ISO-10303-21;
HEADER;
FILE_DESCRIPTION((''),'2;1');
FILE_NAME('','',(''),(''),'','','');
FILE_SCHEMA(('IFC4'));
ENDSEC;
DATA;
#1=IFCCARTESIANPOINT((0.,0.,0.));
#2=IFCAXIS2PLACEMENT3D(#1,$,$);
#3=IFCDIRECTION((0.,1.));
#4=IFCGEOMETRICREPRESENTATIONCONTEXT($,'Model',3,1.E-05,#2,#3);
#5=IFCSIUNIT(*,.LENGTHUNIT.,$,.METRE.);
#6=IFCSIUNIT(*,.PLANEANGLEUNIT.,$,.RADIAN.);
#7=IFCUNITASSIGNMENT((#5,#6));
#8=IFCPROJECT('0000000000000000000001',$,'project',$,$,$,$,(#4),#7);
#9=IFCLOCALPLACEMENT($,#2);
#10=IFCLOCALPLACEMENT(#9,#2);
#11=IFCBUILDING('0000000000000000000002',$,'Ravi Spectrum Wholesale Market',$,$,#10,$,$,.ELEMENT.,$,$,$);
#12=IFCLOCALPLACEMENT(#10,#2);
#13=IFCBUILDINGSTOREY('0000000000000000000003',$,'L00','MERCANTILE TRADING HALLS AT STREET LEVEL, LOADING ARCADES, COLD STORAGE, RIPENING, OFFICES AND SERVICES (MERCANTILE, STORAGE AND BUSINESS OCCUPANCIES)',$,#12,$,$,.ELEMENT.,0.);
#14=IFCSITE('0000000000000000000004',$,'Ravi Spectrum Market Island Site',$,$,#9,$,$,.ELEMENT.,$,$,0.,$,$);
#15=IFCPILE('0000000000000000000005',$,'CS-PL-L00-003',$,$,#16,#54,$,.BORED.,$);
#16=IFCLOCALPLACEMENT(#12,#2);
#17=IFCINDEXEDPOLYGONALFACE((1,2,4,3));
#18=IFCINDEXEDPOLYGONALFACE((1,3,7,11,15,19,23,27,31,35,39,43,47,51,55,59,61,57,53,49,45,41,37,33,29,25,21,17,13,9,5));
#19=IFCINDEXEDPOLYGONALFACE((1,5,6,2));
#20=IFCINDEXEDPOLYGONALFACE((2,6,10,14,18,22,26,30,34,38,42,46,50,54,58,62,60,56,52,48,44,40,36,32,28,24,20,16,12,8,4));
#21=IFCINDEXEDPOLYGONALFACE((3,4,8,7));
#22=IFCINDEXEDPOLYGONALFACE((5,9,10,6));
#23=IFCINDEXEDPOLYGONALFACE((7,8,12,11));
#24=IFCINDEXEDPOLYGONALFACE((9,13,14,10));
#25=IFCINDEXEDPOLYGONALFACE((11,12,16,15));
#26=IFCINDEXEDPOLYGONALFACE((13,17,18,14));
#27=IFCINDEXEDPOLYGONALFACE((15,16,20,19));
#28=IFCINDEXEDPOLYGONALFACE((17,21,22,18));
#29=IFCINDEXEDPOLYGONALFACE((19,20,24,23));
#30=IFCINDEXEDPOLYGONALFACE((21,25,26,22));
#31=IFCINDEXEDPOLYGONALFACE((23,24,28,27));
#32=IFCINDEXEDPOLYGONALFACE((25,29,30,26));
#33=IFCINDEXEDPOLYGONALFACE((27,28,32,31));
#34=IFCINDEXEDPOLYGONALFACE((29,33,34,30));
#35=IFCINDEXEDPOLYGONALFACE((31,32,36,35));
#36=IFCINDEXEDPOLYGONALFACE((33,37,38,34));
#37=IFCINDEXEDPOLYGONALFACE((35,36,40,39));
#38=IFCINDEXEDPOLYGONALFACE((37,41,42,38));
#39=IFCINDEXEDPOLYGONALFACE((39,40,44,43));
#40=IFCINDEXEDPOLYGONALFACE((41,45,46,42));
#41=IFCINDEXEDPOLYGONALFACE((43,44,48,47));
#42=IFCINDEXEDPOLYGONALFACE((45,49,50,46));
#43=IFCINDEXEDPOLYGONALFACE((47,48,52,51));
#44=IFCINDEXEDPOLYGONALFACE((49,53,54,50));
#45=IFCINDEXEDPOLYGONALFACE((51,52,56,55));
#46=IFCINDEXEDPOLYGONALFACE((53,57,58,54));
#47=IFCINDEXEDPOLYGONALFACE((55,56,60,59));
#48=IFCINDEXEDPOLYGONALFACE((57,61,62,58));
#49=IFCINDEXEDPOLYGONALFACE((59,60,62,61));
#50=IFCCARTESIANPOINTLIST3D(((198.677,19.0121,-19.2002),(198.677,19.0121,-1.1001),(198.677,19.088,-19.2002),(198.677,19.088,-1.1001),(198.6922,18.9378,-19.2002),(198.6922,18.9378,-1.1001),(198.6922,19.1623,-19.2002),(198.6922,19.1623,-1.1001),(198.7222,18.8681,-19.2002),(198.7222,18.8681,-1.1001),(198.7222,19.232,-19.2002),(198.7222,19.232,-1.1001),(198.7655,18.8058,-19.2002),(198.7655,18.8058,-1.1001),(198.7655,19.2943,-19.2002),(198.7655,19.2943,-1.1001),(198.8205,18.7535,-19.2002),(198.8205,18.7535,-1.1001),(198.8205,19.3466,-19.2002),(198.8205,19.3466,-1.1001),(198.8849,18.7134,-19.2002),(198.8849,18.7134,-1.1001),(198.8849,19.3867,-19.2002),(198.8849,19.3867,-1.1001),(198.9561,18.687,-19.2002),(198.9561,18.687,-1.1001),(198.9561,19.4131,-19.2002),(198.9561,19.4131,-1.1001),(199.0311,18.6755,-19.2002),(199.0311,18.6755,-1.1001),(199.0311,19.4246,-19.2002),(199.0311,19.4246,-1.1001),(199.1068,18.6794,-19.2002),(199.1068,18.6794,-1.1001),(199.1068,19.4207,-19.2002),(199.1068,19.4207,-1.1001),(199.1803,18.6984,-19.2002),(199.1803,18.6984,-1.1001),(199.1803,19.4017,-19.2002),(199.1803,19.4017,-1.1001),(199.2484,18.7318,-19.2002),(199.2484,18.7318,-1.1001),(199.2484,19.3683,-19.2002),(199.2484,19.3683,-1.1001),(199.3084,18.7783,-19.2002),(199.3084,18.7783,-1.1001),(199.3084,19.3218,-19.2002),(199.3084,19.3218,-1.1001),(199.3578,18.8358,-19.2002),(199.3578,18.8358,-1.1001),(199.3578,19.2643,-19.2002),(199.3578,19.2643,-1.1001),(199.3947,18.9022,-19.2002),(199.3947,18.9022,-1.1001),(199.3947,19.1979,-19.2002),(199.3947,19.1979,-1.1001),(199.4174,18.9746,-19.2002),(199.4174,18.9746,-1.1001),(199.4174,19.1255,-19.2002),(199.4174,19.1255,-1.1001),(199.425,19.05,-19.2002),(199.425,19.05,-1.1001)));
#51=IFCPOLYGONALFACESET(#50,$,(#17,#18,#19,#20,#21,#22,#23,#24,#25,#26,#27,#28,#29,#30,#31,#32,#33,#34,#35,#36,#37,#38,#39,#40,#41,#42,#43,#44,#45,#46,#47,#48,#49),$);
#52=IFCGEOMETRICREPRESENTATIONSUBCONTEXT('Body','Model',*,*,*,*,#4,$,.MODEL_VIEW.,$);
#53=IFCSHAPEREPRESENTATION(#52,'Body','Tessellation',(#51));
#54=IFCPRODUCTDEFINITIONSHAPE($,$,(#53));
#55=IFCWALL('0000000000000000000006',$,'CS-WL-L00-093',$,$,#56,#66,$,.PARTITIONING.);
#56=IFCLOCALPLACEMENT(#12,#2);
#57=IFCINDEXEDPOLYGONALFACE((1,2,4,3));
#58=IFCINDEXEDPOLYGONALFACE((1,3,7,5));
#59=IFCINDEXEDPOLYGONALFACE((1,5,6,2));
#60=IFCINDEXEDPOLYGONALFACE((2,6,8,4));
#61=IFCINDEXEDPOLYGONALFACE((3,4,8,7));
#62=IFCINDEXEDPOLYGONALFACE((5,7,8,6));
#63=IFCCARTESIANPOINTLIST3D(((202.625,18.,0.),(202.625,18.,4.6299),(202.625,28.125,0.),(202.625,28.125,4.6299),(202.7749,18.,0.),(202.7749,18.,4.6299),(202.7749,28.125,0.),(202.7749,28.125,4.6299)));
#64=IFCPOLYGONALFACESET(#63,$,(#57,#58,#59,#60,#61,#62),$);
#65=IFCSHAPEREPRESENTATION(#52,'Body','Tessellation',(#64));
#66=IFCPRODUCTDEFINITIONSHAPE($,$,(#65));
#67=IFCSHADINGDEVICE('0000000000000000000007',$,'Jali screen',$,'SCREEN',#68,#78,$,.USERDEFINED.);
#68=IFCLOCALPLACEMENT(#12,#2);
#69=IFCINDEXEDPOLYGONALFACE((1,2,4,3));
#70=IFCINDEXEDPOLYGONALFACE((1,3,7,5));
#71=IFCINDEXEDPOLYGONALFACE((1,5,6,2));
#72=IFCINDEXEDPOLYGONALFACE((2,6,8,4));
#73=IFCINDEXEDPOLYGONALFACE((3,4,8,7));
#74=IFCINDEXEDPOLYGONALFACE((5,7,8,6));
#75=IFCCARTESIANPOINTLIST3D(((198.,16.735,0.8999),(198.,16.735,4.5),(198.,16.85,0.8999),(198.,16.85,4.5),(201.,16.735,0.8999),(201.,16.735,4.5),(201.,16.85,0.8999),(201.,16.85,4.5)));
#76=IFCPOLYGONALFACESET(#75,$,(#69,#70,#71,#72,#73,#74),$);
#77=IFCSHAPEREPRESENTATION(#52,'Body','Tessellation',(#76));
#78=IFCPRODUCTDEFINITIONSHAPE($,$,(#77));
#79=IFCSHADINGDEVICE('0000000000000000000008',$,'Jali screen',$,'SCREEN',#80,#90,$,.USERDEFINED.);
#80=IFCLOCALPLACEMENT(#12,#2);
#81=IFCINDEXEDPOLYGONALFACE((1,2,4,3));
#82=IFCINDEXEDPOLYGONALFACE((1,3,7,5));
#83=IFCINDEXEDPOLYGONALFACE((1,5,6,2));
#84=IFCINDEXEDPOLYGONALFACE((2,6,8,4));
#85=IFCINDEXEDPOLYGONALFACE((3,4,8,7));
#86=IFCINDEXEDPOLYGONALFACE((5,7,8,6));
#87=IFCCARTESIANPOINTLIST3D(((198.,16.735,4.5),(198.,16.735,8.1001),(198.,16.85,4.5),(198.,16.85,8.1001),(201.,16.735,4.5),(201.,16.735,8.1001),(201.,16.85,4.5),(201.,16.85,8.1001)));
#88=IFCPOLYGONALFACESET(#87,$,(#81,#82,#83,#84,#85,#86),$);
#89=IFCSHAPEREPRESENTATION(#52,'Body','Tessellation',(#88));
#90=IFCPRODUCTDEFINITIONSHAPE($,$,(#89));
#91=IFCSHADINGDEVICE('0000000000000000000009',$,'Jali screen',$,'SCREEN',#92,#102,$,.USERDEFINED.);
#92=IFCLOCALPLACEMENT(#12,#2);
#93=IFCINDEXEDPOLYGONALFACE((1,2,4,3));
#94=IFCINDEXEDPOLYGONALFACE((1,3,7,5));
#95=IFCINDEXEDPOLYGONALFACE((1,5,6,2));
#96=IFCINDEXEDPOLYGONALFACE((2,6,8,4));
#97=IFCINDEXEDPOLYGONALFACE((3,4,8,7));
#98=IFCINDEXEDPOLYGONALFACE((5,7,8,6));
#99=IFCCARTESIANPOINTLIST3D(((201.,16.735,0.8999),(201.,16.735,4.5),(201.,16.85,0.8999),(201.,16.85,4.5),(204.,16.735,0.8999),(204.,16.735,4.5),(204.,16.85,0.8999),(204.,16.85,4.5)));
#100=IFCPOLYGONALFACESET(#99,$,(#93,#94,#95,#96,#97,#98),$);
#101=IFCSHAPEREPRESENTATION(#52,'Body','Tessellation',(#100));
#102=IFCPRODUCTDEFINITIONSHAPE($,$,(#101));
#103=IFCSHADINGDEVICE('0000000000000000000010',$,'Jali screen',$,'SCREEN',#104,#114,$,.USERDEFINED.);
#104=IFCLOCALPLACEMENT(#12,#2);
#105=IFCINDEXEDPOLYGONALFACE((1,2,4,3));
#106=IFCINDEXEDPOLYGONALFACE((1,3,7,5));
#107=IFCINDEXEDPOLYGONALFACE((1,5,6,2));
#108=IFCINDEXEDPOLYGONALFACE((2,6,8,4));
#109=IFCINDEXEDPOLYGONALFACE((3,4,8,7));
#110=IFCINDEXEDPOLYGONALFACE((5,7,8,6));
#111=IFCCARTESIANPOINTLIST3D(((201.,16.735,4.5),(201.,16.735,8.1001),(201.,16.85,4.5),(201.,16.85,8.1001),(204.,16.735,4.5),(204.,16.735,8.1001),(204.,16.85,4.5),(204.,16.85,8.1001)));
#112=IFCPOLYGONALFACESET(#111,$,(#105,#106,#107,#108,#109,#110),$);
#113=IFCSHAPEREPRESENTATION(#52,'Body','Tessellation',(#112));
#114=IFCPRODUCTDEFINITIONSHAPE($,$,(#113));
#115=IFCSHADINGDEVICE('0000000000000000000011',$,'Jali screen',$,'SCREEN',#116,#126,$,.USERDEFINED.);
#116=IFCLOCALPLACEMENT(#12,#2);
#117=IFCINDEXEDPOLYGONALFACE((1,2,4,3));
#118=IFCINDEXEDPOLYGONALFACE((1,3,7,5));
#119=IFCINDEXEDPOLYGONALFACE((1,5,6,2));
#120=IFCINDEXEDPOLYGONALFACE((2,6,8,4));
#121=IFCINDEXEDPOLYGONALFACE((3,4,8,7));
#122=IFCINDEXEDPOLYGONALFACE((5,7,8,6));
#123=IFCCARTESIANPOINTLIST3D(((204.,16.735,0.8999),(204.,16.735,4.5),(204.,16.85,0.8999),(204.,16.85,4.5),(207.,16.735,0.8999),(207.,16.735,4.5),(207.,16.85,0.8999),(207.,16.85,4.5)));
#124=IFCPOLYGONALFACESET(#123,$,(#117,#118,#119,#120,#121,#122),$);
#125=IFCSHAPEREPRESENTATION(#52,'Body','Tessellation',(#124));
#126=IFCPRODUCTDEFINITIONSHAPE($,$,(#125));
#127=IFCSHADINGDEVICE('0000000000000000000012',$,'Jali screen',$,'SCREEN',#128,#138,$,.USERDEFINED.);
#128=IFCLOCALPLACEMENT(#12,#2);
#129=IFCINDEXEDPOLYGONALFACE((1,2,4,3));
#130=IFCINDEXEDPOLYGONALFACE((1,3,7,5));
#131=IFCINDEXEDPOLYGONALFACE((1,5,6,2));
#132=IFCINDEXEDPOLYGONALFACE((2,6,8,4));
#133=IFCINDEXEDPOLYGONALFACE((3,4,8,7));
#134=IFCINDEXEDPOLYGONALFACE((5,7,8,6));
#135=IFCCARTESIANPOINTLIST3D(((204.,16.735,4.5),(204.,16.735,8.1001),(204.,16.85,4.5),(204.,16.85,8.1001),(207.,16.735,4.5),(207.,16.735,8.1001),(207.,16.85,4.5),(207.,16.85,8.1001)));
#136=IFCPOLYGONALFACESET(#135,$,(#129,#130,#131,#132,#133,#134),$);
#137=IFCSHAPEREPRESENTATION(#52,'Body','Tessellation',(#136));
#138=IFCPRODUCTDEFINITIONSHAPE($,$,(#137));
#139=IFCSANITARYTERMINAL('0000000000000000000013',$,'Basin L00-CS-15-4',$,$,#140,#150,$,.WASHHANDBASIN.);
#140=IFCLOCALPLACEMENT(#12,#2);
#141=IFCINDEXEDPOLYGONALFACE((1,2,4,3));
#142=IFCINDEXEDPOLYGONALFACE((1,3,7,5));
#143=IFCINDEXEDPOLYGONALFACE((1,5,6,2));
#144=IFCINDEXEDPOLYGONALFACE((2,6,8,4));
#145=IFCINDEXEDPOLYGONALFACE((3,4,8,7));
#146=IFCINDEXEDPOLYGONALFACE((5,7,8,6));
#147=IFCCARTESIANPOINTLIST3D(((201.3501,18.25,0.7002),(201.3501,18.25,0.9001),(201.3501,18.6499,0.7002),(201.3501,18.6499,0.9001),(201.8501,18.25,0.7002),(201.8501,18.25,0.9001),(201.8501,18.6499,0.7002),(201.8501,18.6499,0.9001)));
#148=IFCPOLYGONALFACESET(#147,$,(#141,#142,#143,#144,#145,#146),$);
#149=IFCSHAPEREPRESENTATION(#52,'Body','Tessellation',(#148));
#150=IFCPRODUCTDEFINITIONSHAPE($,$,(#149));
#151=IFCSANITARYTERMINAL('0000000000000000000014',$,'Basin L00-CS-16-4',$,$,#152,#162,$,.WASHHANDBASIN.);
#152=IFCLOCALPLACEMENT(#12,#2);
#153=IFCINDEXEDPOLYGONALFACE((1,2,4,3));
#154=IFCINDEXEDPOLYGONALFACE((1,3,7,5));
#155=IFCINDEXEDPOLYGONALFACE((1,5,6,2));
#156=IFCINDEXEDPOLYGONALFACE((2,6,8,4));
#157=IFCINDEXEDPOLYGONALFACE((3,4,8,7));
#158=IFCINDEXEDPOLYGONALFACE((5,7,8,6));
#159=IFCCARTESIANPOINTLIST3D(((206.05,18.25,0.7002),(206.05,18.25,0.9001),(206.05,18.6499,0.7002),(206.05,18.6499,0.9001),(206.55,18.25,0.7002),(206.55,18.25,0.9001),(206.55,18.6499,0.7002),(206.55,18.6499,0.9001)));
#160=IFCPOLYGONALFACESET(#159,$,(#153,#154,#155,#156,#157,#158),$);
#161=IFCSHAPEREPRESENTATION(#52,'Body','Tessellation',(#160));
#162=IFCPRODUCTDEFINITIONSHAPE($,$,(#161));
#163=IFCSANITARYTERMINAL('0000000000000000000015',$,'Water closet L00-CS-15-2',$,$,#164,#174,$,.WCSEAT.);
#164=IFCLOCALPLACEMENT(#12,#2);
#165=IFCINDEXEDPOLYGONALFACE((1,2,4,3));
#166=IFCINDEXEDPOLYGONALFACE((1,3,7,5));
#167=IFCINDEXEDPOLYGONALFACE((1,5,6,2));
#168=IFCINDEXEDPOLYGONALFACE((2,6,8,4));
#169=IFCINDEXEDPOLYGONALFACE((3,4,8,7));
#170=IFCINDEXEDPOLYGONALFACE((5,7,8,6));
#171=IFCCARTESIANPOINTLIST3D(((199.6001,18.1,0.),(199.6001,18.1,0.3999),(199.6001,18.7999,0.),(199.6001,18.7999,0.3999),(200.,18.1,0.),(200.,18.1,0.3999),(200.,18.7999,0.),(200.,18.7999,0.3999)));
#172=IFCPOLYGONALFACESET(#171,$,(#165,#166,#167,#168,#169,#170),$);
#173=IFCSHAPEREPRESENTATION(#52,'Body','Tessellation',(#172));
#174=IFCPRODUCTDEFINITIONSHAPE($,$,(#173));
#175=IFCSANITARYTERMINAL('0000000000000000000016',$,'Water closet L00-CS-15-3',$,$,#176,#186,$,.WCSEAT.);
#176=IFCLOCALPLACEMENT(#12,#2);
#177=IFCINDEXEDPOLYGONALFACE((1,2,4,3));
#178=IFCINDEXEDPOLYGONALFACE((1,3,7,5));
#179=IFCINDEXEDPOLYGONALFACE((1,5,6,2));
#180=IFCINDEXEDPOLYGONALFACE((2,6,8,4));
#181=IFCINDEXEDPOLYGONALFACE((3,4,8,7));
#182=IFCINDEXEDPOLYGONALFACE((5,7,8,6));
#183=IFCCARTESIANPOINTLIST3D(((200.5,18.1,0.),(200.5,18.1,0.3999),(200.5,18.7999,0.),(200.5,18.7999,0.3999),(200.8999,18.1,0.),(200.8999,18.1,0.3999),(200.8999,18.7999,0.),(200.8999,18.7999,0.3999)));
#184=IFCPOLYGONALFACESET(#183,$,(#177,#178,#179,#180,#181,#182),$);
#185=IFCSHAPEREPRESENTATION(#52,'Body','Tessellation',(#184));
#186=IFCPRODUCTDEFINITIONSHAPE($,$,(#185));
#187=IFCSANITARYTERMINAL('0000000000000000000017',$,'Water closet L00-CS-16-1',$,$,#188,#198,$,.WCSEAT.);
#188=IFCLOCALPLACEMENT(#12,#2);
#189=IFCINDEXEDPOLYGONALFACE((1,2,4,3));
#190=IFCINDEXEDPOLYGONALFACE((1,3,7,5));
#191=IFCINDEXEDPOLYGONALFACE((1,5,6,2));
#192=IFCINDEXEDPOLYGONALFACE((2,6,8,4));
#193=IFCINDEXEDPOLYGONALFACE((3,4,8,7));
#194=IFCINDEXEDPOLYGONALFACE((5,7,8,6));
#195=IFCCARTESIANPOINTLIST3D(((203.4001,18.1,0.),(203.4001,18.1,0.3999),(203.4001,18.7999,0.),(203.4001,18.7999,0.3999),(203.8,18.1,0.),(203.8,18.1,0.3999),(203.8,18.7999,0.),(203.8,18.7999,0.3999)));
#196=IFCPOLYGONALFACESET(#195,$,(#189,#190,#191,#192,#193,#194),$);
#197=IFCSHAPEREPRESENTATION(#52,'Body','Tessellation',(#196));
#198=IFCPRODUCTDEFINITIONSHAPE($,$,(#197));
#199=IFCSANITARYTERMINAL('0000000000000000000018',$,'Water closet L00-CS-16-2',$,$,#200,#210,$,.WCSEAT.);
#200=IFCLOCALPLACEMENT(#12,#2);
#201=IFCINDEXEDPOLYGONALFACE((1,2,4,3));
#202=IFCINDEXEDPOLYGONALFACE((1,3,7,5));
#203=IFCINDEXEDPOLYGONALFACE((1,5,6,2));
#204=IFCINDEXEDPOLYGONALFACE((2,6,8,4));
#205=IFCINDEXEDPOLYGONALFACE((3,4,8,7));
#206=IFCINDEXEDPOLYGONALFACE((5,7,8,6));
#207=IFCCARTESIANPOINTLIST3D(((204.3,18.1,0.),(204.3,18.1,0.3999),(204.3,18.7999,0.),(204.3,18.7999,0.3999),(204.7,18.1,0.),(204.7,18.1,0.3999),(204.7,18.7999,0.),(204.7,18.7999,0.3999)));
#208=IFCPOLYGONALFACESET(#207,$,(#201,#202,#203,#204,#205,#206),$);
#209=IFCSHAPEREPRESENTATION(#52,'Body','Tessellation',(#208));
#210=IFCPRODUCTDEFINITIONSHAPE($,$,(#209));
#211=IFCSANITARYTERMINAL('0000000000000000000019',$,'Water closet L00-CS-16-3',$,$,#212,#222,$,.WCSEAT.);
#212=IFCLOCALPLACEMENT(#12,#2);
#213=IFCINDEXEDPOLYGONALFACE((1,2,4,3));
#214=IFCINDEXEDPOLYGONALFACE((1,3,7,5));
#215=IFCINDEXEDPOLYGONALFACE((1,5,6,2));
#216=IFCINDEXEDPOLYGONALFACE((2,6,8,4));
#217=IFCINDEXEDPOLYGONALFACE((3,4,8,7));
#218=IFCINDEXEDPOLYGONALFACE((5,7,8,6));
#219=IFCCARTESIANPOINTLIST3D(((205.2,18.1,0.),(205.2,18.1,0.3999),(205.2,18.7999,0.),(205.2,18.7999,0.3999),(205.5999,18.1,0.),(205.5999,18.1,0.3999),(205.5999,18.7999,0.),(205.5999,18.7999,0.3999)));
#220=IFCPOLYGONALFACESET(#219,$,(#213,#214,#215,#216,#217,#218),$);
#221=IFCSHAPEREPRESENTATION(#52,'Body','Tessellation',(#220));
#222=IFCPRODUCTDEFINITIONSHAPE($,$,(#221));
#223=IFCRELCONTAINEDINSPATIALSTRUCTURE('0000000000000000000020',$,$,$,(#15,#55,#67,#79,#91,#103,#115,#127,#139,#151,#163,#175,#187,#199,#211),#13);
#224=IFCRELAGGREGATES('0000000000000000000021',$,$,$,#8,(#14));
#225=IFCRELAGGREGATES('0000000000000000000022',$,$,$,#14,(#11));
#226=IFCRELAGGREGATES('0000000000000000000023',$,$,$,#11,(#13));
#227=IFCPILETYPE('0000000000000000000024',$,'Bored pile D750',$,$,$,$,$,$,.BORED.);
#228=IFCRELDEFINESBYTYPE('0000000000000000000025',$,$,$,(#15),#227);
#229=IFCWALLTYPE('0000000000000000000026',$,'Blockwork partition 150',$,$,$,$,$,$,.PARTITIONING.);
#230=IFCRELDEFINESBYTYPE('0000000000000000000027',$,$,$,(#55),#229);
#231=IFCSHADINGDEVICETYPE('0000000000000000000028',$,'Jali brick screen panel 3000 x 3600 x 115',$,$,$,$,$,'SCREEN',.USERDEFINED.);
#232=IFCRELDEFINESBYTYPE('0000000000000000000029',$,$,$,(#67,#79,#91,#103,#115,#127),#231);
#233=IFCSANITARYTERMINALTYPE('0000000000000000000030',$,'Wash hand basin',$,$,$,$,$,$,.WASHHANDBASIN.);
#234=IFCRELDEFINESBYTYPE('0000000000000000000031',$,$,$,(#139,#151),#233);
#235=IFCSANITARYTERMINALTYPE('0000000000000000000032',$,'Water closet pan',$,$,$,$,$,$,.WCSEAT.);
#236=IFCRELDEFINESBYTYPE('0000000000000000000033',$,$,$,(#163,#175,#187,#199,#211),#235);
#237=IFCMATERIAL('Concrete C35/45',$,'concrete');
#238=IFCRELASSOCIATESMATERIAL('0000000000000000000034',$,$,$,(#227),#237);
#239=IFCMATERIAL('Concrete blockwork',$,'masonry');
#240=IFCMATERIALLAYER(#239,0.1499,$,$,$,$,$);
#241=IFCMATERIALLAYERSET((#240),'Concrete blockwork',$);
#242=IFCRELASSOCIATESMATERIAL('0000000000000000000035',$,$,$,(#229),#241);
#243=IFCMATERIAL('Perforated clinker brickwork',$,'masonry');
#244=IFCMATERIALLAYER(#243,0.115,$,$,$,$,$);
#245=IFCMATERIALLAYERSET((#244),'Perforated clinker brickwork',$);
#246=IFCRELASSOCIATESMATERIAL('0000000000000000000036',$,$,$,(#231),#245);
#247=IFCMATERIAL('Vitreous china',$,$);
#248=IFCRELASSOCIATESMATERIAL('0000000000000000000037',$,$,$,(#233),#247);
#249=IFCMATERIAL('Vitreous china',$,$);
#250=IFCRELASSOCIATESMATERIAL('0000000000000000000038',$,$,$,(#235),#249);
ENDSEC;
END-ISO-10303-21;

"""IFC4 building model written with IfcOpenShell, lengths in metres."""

from ifc_helpers import new_model, si_unit, direction, frame, frame_2d, origin, origin_2d, place, context, subcontext, project, spatial, rectangle, circle, extrude, material, layer, layer_set, material_profile, profile_set, type_object, element, save


model = new_model("IFC4")

# Units and contexts
model_context = context("Model", 3, precision=1e-05, world=origin(), true_north=direction((0.0, 1.0)))
body_context = subcontext(model_context, "Body", "Model", "MODEL_VIEW")
ifc_project = project(units=[si_unit("LENGTHUNIT", "METRE"), si_unit("PLANEANGLEUNIT", "RADIAN")], contexts=[model_context])

# Site, building, storey
site_placement = place(None, origin())
site = spatial("IfcSite", under=ifc_project, at=site_placement, Name="Ravi Spectrum Market Island Site", CompositionType="ELEMENT", RefElevation=0.0)
building_placement = place(site_placement, origin())
building = spatial("IfcBuilding", under=site, at=building_placement, Name="Ravi Spectrum Wholesale Market", CompositionType="ELEMENT")
storey_placement = place(building_placement, origin())
storey = spatial("IfcBuildingStorey", under=building, at=storey_placement, Name="L00", Description="MERCANTILE TRADING HALLS AT STREET LEVEL, LOADING ARCADES, COLD STORAGE, RIPENING, OFFICES AND SERVICES (MERCANTILE, STORAGE AND BUSINESS OCCUPANCIES)", CompositionType="ELEMENT", Elevation=0.0)

# Pile
ifc_material_1 = material(Name="Concrete C35/45", Category="concrete")
ifc_material_profile = material_profile(ifc_material_1, circle(Radius=0.375, at=origin_2d()))
ifc_profile_set = profile_set([ifc_material_profile], Name="Concrete C35/45")
pile_type = type_object("IfcPileType", Name="Bored pile D750", PredefinedType="BORED", material=ifc_profile_set)
pile_placement = place(storey_placement, frame((199.05, 19.05, -1.1001), z_axis=(0.0, 0.0, -1.0), x_axis=(1.0, 0.0, 0.0)))
element("IfcPile", 1, at=pile_placement, inside=storey, type_object=pile_type, Name="CS-PL-L00-003", PredefinedType="BORED", context=body_context, shape_type="SweptSolid", body=[
    extrude(circle(Radius=0.375, at=origin_2d()), origin(), (0.0, 0.0, 1.0), 18.1001),
])

# Wall
ifc_material_2 = material(Name="Concrete blockwork", Category="masonry")
ifc_layer_1 = layer(ifc_material_2, 0.1499)
ifc_layer_set_1 = layer_set([ifc_layer_1], Name="Concrete blockwork")
wall_type = type_object("IfcWallType", Name="Blockwork partition 150", PredefinedType="PARTITIONING", material=ifc_layer_set_1)
wall_placement = place(storey_placement, frame((202.7, 18.0, 0.0), z_axis=(0.0, 0.0, 1.0), x_axis=(0.0, 1.0, 0.0)))
element("IfcWall", 2, at=wall_placement, inside=storey, type_object=wall_type, Name="CS-WL-L00-093", PredefinedType="PARTITIONING", context=body_context, shape_type="SweptSolid", body=[
    extrude(rectangle(XDim=10.125, YDim=0.1499, at=frame_2d((5.0625, 0.0))), origin(), (0.0, 0.0, 1.0), 4.6299),
])

# Shading devices
ifc_material_3 = material(Name="Perforated clinker brickwork", Category="masonry")
ifc_layer_2 = layer(ifc_material_3, 0.115)
ifc_layer_set_2 = layer_set([ifc_layer_2], Name="Perforated clinker brickwork")
shading_device_type = type_object("IfcShadingDeviceType", Name="Jali brick screen panel 3000 x 3600 x 115", ElementType="SCREEN", PredefinedType="USERDEFINED", material=ifc_layer_set_2)
for number, where, z_axis, x_axis, name in (
    (3, (199.5, 16.7925, 0.8999), (0.0, 0.0, 1.0), (1.0, 0.0, 0.0), "Jali screen"),
    (4, (199.5, 16.7925, 4.5), (0.0, 0.0, 1.0), (1.0, 0.0, 0.0), "Jali screen"),
    (5, (202.5, 16.7925, 0.8999), (0.0, 0.0, 1.0), (1.0, 0.0, 0.0), "Jali screen"),
    (6, (202.5, 16.7925, 4.5), (0.0, 0.0, 1.0), (1.0, 0.0, 0.0), "Jali screen"),
    (7, (205.5, 16.7925, 0.8999), (0.0, 0.0, 1.0), (1.0, 0.0, 0.0), "Jali screen"),
    (8, (205.5, 16.7925, 4.5), (0.0, 0.0, 1.0), (1.0, 0.0, 0.0), "Jali screen"),
):
    element("IfcShadingDevice", number, at=place(storey_placement, frame(where, z_axis=z_axis, x_axis=x_axis)), inside=storey, type_object=shading_device_type, Name=name, ObjectType="SCREEN", PredefinedType="USERDEFINED", context=body_context, shape_type="SweptSolid", body=[
        extrude(rectangle(XDim=3.0, YDim=0.115, at=origin_2d()), origin(), (0.0, 0.0, 1.0), 3.6001),
    ])

# Sanitary terminals
ifc_material_4 = material(Name="Vitreous china")
sanitary_terminal_type_1 = type_object("IfcSanitaryTerminalType", Name="Wash hand basin", PredefinedType="WASHHANDBASIN", material=ifc_material_4)
for number, where, z_axis, x_axis, name in (
    (9, (201.6001, 18.45, 0.7002), (0.0, 0.0, 1.0), (1.0, 0.0, 0.0), "Basin L00-CS-15-4"),
    (10, (206.3, 18.45, 0.7002), (0.0, 0.0, 1.0), (1.0, 0.0, 0.0), "Basin L00-CS-16-4"),
):
    element("IfcSanitaryTerminal", number, at=place(storey_placement, frame(where, z_axis=z_axis, x_axis=x_axis)), inside=storey, type_object=sanitary_terminal_type_1, Name=name, PredefinedType="WASHHANDBASIN", context=body_context, shape_type="SweptSolid", body=[
        extrude(rectangle(XDim=0.5, YDim=0.3999, at=origin_2d()), origin(), (0.0, 0.0, 1.0), 0.2),
    ])
ifc_material_5 = material(Name="Vitreous china")
sanitary_terminal_type_2 = type_object("IfcSanitaryTerminalType", Name="Water closet pan", PredefinedType="WCSEAT", material=ifc_material_5)
for number, where, z_axis, x_axis, name in (
    (11, (199.8, 18.45, 0.0), (0.0, 0.0, 1.0), (1.0, 0.0, 0.0), "Water closet L00-CS-15-2"),
    (12, (200.7, 18.45, 0.0), (0.0, 0.0, 1.0), (1.0, 0.0, 0.0), "Water closet L00-CS-15-3"),
    (13, (203.6001, 18.45, 0.0), (0.0, 0.0, 1.0), (1.0, 0.0, 0.0), "Water closet L00-CS-16-1"),
    (14, (204.5, 18.45, 0.0), (0.0, 0.0, 1.0), (1.0, 0.0, 0.0), "Water closet L00-CS-16-2"),
    (15, (205.3999, 18.45, 0.0), (0.0, 0.0, 1.0), (1.0, 0.0, 0.0), "Water closet L00-CS-16-3"),
):
    element("IfcSanitaryTerminal", number, at=place(storey_placement, frame(where, z_axis=z_axis, x_axis=x_axis)), inside=storey, type_object=sanitary_terminal_type_2, Name=name, PredefinedType="WCSEAT", context=body_context, shape_type="SweptSolid", body=[
        extrude(rectangle(XDim=0.3999, YDim=0.7, at=origin_2d()), origin(), (0.0, 0.0, 1.0), 0.3999),
    ])

save(model, "model.ifc")
